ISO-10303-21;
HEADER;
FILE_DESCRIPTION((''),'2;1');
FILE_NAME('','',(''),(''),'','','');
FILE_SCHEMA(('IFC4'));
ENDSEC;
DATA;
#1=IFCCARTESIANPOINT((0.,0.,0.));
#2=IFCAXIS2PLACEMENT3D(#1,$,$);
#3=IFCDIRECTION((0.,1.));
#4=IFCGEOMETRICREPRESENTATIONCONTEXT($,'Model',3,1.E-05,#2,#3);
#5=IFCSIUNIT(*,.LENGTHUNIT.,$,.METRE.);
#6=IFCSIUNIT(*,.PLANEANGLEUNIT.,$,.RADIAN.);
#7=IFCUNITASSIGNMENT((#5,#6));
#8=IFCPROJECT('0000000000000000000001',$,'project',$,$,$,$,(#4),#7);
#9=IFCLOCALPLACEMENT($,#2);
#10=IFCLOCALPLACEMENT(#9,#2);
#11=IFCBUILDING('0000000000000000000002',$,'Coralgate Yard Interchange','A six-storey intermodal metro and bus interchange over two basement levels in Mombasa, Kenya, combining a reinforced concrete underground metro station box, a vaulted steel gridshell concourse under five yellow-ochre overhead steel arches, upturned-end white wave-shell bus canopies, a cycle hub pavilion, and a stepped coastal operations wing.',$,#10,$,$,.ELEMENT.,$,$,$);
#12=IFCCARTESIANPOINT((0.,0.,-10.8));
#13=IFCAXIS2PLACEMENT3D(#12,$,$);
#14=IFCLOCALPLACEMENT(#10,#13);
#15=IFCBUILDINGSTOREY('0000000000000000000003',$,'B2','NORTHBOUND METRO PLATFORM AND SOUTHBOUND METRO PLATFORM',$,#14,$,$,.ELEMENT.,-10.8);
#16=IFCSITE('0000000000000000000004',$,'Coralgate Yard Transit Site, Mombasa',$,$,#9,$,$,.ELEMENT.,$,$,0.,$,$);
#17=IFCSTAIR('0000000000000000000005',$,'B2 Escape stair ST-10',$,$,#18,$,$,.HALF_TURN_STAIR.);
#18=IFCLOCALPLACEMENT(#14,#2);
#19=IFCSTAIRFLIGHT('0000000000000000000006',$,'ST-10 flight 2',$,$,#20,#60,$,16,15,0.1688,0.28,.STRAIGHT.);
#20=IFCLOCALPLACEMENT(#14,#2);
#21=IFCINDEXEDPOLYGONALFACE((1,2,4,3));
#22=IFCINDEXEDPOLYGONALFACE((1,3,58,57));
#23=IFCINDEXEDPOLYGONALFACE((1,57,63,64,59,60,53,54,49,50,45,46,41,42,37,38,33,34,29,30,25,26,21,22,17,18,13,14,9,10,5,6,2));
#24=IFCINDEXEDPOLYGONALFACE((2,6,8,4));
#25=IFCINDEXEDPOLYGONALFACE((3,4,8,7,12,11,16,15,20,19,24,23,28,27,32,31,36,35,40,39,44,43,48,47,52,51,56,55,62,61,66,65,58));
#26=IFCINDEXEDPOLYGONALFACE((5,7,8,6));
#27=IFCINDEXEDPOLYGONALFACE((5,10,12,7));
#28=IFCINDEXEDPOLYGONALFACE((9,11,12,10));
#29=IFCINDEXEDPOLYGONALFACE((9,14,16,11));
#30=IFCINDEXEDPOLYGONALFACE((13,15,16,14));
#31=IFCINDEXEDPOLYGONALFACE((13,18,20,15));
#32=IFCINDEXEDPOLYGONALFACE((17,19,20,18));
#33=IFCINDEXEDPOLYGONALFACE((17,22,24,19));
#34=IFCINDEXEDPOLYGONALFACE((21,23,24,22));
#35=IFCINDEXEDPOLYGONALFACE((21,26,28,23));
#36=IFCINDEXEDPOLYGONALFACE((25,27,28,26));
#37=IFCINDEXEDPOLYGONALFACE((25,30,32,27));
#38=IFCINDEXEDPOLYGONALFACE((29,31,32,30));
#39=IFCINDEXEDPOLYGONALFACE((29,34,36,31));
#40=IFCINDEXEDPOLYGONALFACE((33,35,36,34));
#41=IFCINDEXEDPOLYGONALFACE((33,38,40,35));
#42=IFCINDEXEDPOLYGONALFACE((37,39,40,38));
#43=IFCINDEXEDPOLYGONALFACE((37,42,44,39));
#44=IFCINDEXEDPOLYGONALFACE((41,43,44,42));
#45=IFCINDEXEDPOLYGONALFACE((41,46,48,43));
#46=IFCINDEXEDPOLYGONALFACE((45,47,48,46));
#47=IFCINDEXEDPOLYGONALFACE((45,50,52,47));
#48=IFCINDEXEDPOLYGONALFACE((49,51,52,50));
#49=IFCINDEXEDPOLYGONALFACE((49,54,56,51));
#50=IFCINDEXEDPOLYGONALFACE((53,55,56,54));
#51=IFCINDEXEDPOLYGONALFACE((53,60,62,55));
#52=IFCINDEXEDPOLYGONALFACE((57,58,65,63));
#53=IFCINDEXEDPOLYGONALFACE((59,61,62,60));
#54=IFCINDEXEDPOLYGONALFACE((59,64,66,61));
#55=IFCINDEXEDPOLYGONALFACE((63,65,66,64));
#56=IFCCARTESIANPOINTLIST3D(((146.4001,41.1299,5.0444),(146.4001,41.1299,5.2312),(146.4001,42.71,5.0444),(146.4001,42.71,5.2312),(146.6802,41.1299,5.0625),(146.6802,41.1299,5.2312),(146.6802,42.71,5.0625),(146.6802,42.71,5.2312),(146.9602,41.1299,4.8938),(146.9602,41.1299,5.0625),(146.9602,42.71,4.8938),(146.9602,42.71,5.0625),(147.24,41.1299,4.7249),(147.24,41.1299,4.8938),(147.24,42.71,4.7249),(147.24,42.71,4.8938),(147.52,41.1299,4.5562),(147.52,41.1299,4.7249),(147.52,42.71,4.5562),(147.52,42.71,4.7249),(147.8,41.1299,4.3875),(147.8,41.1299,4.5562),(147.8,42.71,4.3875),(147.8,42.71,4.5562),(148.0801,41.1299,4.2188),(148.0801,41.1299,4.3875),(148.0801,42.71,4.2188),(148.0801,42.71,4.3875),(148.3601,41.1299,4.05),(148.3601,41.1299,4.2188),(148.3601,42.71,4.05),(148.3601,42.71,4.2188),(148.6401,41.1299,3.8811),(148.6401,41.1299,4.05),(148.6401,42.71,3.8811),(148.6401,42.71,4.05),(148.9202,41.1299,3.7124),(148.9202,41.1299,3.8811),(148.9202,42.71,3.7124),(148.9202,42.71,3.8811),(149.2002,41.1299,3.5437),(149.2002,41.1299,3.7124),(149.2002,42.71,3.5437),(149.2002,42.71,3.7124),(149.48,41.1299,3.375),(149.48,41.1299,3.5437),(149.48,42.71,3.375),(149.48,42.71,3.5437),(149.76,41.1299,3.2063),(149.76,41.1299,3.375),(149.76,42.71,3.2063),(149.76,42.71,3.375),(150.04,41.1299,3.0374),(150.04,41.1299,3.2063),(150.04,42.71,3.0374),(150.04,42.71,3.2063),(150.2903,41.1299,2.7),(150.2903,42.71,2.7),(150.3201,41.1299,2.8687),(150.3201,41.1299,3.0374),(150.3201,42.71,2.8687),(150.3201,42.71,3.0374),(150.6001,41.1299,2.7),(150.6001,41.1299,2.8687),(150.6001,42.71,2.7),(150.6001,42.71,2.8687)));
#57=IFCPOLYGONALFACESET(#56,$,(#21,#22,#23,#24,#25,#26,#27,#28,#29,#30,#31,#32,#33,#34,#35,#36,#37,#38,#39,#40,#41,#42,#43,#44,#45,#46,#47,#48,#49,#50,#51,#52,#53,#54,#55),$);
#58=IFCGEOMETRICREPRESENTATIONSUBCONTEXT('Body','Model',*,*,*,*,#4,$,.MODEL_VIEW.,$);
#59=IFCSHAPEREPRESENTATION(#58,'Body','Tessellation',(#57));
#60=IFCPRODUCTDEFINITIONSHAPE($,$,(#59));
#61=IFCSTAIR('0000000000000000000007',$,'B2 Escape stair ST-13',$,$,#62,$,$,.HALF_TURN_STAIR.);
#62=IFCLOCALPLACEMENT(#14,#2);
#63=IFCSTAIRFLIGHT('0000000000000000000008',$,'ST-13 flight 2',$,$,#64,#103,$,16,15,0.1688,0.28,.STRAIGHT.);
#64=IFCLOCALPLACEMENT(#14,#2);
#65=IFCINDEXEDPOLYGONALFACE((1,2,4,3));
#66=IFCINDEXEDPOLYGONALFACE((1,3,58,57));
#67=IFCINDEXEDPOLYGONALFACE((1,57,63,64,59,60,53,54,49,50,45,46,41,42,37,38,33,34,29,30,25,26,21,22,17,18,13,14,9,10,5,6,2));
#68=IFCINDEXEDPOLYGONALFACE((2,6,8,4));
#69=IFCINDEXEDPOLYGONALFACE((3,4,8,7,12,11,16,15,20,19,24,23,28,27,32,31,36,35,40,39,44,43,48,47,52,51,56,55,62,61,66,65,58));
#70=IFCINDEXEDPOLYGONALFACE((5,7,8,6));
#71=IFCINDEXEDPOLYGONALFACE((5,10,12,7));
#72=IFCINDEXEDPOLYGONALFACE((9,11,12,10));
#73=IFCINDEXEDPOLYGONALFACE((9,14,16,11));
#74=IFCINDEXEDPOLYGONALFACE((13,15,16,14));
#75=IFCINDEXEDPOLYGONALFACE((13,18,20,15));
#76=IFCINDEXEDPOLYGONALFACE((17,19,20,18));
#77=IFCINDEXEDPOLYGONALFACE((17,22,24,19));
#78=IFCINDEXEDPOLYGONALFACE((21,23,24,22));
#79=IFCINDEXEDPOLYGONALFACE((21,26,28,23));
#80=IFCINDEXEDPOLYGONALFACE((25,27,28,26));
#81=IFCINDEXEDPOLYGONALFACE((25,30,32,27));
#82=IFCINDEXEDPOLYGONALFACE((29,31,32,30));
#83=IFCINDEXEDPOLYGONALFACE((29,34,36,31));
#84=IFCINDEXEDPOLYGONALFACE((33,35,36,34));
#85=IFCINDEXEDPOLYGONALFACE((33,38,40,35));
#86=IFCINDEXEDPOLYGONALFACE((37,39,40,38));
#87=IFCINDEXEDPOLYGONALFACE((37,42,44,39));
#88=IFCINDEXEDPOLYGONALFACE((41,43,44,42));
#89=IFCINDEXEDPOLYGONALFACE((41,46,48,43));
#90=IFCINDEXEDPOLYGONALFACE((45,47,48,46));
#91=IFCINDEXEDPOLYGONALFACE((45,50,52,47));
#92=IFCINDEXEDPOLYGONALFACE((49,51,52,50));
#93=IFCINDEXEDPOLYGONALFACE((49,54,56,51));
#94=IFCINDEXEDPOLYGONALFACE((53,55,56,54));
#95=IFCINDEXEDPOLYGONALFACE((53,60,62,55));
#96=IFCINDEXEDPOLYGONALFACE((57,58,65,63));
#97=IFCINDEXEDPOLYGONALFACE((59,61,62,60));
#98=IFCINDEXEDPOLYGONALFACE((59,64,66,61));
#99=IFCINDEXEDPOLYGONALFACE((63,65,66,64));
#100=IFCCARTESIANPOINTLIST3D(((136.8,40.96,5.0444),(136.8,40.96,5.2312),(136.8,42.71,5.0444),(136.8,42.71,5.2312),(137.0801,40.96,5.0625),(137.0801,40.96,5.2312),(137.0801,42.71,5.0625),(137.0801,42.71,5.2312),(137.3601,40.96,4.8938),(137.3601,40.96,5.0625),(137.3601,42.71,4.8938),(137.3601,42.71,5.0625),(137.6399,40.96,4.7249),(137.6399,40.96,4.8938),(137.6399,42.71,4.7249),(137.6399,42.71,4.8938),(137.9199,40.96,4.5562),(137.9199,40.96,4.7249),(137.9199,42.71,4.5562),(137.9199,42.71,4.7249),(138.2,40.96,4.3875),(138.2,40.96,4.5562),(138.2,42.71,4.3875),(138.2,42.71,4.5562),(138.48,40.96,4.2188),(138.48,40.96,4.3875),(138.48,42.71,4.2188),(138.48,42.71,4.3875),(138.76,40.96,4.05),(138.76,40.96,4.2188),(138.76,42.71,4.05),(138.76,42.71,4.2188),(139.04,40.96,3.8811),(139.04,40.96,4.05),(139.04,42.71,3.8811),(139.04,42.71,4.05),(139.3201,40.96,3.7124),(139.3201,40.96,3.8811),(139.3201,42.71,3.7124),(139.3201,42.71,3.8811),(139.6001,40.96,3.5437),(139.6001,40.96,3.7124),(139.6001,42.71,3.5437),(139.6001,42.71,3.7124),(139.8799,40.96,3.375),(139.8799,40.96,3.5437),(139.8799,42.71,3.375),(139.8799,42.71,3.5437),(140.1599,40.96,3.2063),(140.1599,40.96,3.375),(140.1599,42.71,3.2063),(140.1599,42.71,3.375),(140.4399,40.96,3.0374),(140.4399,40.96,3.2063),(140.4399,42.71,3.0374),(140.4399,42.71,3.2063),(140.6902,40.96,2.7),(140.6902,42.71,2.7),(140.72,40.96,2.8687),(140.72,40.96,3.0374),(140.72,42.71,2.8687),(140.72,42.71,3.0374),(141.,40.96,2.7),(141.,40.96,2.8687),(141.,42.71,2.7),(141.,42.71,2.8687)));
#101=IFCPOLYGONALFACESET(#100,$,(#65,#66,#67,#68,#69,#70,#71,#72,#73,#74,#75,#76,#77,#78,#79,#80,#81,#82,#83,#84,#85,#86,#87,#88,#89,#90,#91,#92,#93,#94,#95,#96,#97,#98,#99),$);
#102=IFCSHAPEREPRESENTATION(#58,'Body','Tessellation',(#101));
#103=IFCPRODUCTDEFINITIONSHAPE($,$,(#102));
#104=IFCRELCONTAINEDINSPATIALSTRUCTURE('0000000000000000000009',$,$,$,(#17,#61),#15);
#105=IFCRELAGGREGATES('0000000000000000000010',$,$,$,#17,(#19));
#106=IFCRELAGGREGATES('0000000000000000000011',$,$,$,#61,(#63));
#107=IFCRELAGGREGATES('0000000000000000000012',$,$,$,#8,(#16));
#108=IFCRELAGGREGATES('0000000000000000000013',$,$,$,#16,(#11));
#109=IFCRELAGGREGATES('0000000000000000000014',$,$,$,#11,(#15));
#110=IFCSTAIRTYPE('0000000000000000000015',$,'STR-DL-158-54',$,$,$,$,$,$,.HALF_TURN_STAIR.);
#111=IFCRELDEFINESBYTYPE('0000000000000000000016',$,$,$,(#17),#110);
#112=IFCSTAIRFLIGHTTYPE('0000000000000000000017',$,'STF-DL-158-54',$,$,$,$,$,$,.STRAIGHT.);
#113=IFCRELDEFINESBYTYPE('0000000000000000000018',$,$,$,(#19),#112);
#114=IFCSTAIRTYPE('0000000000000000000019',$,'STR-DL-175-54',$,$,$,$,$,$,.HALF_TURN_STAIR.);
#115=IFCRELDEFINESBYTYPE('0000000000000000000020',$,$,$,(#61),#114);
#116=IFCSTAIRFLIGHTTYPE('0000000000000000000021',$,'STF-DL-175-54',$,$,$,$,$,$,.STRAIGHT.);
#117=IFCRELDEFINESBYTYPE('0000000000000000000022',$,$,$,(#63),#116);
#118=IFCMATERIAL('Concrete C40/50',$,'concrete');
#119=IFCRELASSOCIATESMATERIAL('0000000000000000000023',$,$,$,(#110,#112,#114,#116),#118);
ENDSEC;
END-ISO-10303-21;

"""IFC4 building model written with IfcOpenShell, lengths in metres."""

from ifc_helpers import new_model, si_unit, direction, frame, origin, place, context, subcontext, project, spatial, polyline, outline, extrude, material, type_object, element, aggregate, save


model = new_model("IFC4")

# Units and contexts
model_context = context("Model", 3, precision=1e-05, world=origin(), true_north=direction((0.0, 1.0)))
body_context = subcontext(model_context, "Body", "Model", "MODEL_VIEW")
ifc_project = project(units=[si_unit("LENGTHUNIT", "METRE"), si_unit("PLANEANGLEUNIT", "RADIAN")], contexts=[model_context])

# Site, building, storey
site_placement = place(None, origin())
site = spatial("IfcSite", under=ifc_project, at=site_placement, Name="Coralgate Yard Transit Site, Mombasa", CompositionType="ELEMENT", RefElevation=0.0)
building_placement = place(site_placement, origin())
building = spatial("IfcBuilding", under=site, at=building_placement, Name="Coralgate Yard Interchange", Description="A six-storey intermodal metro and bus interchange over two basement levels in Mombasa, Kenya, combining a reinforced concrete underground metro station box, a vaulted steel gridshell concourse under five yellow-ochre overhead steel arches, upturned-end white wave-shell bus canopies, a cycle hub pavilion, and a stepped coastal operations wing.", CompositionType="ELEMENT")
storey_placement = place(building_placement, frame((0.0, 0.0, -10.8)))
storey = spatial("IfcBuildingStorey", under=building, at=storey_placement, Name="B2", Description="NORTHBOUND METRO PLATFORM AND SOUTHBOUND METRO PLATFORM", CompositionType="ELEMENT", Elevation=-10.8)

# Shared definitions
ifc_material_1 = material(Name="Concrete C40/50", Category="concrete")

# Stair, stair flight
stair_type_1 = type_object("IfcStairType", Name="STR-DL-158-54", PredefinedType="HALF_TURN_STAIR", material=ifc_material_1)
stair_1_placement = place(storey_placement, origin())
stair_1 = element("IfcStair", 1, at=stair_1_placement, inside=storey, type_object=stair_type_1, Name="B2 Escape stair ST-10", PredefinedType="HALF_TURN_STAIR")
stair_flight_type_1 = type_object("IfcStairFlightType", Name="STF-DL-158-54", PredefinedType="STRAIGHT", material=ifc_material_1)
stair_flight_1_placement = place(storey_placement, frame((150.6001, 41.9199, 2.7), z_axis=(0.0, 0.0, 1.0), x_axis=(-1.0, 0.0, 0.0)))
stair_flight_1 = element("IfcStairFlight", 2, at=stair_flight_1_placement, type_object=stair_flight_type_1, Name="ST-10 flight 2", NumberOfRisers=16, NumberOfTreads=15, PredefinedType="STRAIGHT", RiserHeight=0.1688, TreadLength=0.28, context=body_context, shape_type="SweptSolid", body=[
    extrude(outline(polyline([(0.0, 0.0), (0.0, 0.1687), (0.28, 0.1687), (0.28, 0.3374), (0.5601, 0.3374), (0.5601, 0.5063), (0.8401, 0.5063), (0.8401, 0.675), (1.1201, 0.675), (1.1201, 0.8438), (1.3999, 0.8438), (1.3999, 1.0125), (1.6799, 1.0125), (1.6799, 1.1812), (1.96, 1.1812), (1.96, 1.3501), (2.24, 1.3501), (2.24, 1.5188), (2.52, 1.5188), (2.52, 1.6875), (2.8, 1.6875), (2.8, 1.8562), (3.0801, 1.8562), (3.0801, 2.0249), (3.3601, 2.0249), (3.3601, 2.1938), (3.6399, 2.1938), (3.6399, 2.3625), (3.9199, 2.3625), (3.9199, 2.5312), (4.2, 2.5312), (4.2, 2.7), (4.2, 2.3445), (0.3098, 0.0), (0.0, 0.0)])), frame((0.0, 0.79, 0.0), z_axis=(0.0, -1.0, 0.0), x_axis=(1.0, 0.0, 0.0)), (0.0, 0.0, 1.0), 1.5801),
])
aggregate(stair_1, [stair_flight_1])

# Stair, stair flight
stair_type_2 = type_object("IfcStairType", Name="STR-DL-175-54", PredefinedType="HALF_TURN_STAIR", material=ifc_material_1)
stair_2_placement = place(storey_placement, origin())
stair_2 = element("IfcStair", 3, at=stair_2_placement, inside=storey, type_object=stair_type_2, Name="B2 Escape stair ST-13", PredefinedType="HALF_TURN_STAIR")
stair_flight_type_2 = type_object("IfcStairFlightType", Name="STF-DL-175-54", PredefinedType="STRAIGHT", material=ifc_material_1)
stair_flight_2_placement = place(storey_placement, frame((141.0, 41.835, 2.7), z_axis=(0.0, 0.0, 1.0), x_axis=(-1.0, 0.0, 0.0)))
stair_flight_2 = element("IfcStairFlight", 4, at=stair_flight_2_placement, type_object=stair_flight_type_2, Name="ST-13 flight 2", NumberOfRisers=16, NumberOfTreads=15, PredefinedType="STRAIGHT", RiserHeight=0.1688, TreadLength=0.28, context=body_context, shape_type="SweptSolid", body=[
    extrude(outline(polyline([(0.0, 0.0), (0.0, 0.1687), (0.28, 0.1687), (0.28, 0.3374), (0.5601, 0.3374), (0.5601, 0.5063), (0.8401, 0.5063), (0.8401, 0.675), (1.1201, 0.675), (1.1201, 0.8438), (1.3999, 0.8438), (1.3999, 1.0125), (1.6799, 1.0125), (1.6799, 1.1812), (1.96, 1.1812), (1.96, 1.3501), (2.24, 1.3501), (2.24, 1.5188), (2.52, 1.5188), (2.52, 1.6875), (2.8, 1.6875), (2.8, 1.8562), (3.0801, 1.8562), (3.0801, 2.0249), (3.3601, 2.0249), (3.3601, 2.1938), (3.6399, 2.1938), (3.6399, 2.3625), (3.9199, 2.3625), (3.9199, 2.5312), (4.2, 2.5312), (4.2, 2.7), (4.2, 2.3445), (0.3098, 0.0), (0.0, 0.0)])), frame((0.0, 0.875, 0.0), z_axis=(0.0, -1.0, 0.0), x_axis=(1.0, 0.0, 0.0)), (0.0, 0.0, 1.0), 1.75),
])
aggregate(stair_2, [stair_flight_2])

save(model, "model.ifc")
